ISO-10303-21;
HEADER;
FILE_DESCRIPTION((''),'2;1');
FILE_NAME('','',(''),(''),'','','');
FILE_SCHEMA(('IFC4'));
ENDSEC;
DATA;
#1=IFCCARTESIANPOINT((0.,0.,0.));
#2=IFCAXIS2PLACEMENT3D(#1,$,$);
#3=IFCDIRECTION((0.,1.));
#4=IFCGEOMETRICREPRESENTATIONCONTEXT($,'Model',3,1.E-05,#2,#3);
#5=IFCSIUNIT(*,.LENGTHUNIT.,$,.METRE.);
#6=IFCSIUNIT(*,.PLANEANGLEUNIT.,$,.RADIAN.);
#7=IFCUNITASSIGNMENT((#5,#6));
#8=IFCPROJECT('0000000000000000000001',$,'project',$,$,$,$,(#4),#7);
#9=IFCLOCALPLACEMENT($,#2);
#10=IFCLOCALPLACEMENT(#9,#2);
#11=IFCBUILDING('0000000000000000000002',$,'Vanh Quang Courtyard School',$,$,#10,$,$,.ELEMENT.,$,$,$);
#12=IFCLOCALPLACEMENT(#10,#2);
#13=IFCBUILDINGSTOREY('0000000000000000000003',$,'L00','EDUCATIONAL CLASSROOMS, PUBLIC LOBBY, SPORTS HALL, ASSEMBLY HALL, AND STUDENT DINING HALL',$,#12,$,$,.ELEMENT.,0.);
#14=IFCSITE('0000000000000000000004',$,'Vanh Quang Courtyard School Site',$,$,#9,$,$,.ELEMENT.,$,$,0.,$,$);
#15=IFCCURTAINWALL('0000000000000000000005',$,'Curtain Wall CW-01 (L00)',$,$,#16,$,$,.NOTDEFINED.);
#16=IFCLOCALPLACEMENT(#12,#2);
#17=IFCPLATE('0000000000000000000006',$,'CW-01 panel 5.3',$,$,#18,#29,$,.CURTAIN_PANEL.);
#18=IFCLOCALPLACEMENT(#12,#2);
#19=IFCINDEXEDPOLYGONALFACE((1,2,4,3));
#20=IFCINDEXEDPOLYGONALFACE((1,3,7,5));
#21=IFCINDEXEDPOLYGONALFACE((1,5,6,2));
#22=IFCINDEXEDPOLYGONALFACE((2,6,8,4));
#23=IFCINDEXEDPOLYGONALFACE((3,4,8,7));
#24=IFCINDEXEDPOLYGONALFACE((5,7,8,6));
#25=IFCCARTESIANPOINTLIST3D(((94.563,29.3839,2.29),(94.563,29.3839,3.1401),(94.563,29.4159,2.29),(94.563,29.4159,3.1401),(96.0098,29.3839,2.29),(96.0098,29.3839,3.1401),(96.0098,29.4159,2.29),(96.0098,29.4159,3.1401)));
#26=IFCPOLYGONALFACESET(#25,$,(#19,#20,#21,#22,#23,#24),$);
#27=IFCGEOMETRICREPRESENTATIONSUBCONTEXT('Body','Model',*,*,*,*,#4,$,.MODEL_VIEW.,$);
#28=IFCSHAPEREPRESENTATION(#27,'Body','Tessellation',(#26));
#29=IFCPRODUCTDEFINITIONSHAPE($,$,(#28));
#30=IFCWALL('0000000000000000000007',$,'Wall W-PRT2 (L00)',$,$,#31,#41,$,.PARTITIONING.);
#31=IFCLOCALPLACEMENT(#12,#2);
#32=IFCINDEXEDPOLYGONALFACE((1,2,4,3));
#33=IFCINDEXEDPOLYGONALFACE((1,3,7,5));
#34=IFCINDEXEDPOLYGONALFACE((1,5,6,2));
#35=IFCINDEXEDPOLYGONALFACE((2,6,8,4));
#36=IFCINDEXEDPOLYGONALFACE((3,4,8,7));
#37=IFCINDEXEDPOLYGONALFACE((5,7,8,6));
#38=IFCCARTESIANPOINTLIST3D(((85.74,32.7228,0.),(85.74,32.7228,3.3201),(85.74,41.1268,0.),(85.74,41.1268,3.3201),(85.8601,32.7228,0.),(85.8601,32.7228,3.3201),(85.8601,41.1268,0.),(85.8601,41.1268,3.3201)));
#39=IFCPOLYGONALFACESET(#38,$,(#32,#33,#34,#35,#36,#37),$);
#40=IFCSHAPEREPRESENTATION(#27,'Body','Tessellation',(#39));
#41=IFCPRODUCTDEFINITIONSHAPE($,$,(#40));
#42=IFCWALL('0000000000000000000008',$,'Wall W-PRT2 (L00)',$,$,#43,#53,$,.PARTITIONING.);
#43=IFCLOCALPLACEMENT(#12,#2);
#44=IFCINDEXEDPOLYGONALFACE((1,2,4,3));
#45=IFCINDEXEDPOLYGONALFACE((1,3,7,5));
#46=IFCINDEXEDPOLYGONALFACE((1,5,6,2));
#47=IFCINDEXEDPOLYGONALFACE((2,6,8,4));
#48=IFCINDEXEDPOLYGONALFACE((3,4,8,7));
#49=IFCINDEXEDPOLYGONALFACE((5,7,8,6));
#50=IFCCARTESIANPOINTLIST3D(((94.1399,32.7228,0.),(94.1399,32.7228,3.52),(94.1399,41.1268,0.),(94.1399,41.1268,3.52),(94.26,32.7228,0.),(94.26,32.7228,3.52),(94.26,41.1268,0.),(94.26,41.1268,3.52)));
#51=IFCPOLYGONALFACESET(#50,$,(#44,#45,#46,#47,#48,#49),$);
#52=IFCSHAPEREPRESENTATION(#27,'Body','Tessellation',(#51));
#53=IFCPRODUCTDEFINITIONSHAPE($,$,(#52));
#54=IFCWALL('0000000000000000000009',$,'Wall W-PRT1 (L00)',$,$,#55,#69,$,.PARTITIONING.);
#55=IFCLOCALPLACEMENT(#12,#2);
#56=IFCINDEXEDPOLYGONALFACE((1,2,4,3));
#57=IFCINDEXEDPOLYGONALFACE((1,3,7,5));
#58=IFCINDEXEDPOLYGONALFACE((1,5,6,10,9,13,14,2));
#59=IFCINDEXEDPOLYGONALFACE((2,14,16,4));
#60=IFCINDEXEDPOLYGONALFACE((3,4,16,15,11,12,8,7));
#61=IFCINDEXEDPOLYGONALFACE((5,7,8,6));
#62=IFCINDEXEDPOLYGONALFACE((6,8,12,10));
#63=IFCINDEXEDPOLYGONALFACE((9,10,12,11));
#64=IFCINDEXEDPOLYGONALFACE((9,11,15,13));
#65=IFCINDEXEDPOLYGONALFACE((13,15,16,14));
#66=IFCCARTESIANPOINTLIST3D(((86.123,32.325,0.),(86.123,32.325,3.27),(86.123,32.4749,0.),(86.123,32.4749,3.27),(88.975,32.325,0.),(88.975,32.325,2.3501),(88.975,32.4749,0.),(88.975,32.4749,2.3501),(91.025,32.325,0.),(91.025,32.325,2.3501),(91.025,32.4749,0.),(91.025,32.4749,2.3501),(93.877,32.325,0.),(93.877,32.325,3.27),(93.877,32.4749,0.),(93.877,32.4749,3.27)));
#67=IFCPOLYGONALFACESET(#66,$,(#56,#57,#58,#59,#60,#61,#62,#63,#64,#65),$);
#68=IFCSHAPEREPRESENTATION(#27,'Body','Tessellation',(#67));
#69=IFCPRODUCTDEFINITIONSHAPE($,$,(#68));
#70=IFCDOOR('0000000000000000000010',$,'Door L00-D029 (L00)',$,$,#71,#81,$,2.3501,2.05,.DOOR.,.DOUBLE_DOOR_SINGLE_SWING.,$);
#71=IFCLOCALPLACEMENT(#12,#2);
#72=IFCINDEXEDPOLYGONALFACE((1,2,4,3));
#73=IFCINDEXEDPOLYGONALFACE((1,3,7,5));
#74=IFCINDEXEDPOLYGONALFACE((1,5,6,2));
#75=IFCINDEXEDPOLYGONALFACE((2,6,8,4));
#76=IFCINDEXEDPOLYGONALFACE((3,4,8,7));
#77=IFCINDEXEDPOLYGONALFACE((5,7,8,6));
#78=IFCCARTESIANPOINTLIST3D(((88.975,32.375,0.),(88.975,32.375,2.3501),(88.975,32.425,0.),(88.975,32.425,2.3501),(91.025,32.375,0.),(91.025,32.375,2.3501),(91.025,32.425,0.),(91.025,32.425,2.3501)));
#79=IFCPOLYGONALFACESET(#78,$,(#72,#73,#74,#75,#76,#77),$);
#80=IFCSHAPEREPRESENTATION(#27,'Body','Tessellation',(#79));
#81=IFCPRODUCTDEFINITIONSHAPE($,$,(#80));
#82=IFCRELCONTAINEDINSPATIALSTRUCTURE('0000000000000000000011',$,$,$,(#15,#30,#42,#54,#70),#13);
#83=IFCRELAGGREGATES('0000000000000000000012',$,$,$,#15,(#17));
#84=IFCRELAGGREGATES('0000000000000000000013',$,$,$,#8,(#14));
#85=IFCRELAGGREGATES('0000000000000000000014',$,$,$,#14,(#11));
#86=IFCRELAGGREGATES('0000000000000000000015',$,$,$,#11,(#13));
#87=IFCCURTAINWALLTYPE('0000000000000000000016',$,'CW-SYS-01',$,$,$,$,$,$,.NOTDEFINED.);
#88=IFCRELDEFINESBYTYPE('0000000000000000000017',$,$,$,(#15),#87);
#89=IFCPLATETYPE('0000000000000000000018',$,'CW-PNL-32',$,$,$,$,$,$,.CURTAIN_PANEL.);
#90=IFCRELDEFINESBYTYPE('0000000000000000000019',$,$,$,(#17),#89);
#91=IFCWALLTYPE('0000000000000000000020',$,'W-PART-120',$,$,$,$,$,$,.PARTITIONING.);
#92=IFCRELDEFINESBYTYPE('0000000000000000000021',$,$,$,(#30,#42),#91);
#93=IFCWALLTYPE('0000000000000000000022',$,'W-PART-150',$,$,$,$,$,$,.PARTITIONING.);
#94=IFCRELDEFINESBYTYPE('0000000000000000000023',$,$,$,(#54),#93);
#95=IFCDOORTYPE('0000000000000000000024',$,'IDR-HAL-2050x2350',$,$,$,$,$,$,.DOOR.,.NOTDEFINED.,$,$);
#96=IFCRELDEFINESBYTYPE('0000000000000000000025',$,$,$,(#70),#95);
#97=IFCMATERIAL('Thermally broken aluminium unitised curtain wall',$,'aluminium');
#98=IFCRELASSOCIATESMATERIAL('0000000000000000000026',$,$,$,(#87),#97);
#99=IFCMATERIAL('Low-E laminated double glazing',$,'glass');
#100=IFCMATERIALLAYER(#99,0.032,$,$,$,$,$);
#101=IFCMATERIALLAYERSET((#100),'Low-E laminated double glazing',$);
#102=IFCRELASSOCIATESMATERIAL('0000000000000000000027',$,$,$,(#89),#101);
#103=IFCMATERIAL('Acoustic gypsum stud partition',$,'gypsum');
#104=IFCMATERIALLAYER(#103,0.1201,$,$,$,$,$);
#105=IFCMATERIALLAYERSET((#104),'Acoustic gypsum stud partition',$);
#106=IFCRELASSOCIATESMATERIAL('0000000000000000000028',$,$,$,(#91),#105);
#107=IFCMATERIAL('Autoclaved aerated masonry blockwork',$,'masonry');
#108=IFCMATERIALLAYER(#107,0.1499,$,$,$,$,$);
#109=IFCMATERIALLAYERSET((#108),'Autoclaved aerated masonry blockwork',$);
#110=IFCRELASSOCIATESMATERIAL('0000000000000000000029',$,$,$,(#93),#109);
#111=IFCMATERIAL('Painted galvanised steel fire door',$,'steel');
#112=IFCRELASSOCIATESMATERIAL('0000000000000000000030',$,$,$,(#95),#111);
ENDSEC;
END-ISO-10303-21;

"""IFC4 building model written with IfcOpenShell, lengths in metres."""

from ifc_helpers import new_model, si_unit, direction, frame, frame_2d, origin, origin_2d, place, context, subcontext, project, spatial, rectangle, extrude, material, layer, layer_set, type_object, element, fill, aggregate, save


model = new_model("IFC4")

# Units and contexts
model_context = context("Model", 3, precision=1e-05, world=origin(), true_north=direction((0.0, 1.0)))
body_context = subcontext(model_context, "Body", "Model", "MODEL_VIEW")
ifc_project = project(units=[si_unit("LENGTHUNIT", "METRE"), si_unit("PLANEANGLEUNIT", "RADIAN")], contexts=[model_context])

# Site, building, storey
site_placement = place(None, origin())
site = spatial("IfcSite", under=ifc_project, at=site_placement, Name="Vanh Quang Courtyard School Site", CompositionType="ELEMENT", RefElevation=0.0)
building_placement = place(site_placement, origin())
building = spatial("IfcBuilding", under=site, at=building_placement, Name="Vanh Quang Courtyard School", CompositionType="ELEMENT")
storey_placement = place(building_placement, origin())
storey = spatial("IfcBuildingStorey", under=building, at=storey_placement, Name="L00", Description="EDUCATIONAL CLASSROOMS, PUBLIC LOBBY, SPORTS HALL, ASSEMBLY HALL, AND STUDENT DINING HALL", CompositionType="ELEMENT", Elevation=0.0)

# Curtain wall, plate
ifc_material_1 = material(Name="Thermally broken aluminium unitised curtain wall", Category="aluminium")
curtain_wall_type = type_object("IfcCurtainWallType", Name="CW-SYS-01", PredefinedType="NOTDEFINED", material=ifc_material_1)
curtain_wall_placement = place(storey_placement, origin())
curtain_wall = element("IfcCurtainWall", 1, at=curtain_wall_placement, inside=storey, type_object=curtain_wall_type, Name="Curtain Wall CW-01 (L00)", PredefinedType="NOTDEFINED")
ifc_material_2 = material(Name="Low-E laminated double glazing", Category="glass")
ifc_layer_1 = layer(ifc_material_2, 0.032)
ifc_layer_set_1 = layer_set([ifc_layer_1], Name="Low-E laminated double glazing")
plate_type = type_object("IfcPlateType", Name="CW-PNL-32", PredefinedType="CURTAIN_PANEL", material=ifc_layer_set_1)
plate_1_placement = place(storey_placement, frame((95.2864, 29.3999, 2.29), z_axis=(0.0, 0.0, 1.0), x_axis=(-1.0, 0.0, 0.0)))
plate_1 = element("IfcPlate", 2, at=plate_1_placement, type_object=plate_type, Name="CW-01 panel 5.3", PredefinedType="CURTAIN_PANEL", context=body_context, shape_type="SweptSolid", body=[
    extrude(rectangle(XDim=1.4468, YDim=0.032, at=origin_2d()), origin(), (0.0, 0.0, 1.0), 0.8501),
])
aggregate(curtain_wall, [plate_1])

# Walls
ifc_material_3 = material(Name="Acoustic gypsum stud partition", Category="gypsum")
ifc_layer_2 = layer(ifc_material_3, 0.1201)
ifc_layer_set_2 = layer_set([ifc_layer_2], Name="Acoustic gypsum stud partition")
wall_type_1 = type_object("IfcWallType", Name="W-PART-120", PredefinedType="PARTITIONING", material=ifc_layer_set_2)
wall_1_placement = place(storey_placement, frame((85.8, 41.127, 0.0), z_axis=(0.0, 0.0, 1.0), x_axis=(0.0, -1.0, 0.0)))
element("IfcWall", 3, at=wall_1_placement, inside=storey, type_object=wall_type_1, Name="Wall W-PRT2 (L00)", PredefinedType="PARTITIONING", context=body_context, shape_type="SweptSolid", body=[
    extrude(rectangle(XDim=8.4041, YDim=0.1201, at=frame_2d((4.2021, 0.0))), origin(), (0.0, 0.0, 1.0), 3.3201),
])
wall_2_placement = place(storey_placement, frame((94.2, 41.127, 0.0), z_axis=(0.0, 0.0, 1.0), x_axis=(0.0, -1.0, 0.0)))
element("IfcWall", 4, at=wall_2_placement, inside=storey, type_object=wall_type_1, Name="Wall W-PRT2 (L00)", PredefinedType="PARTITIONING", context=body_context, shape_type="SweptSolid", body=[
    extrude(rectangle(XDim=8.4041, YDim=0.1201, at=frame_2d((4.2021, 0.0))), origin(), (0.0, 0.0, 1.0), 3.52),
])

# Wall, opening, door
ifc_material_4 = material(Name="Autoclaved aerated masonry blockwork", Category="masonry")
ifc_layer_3 = layer(ifc_material_4, 0.1499)
ifc_layer_set_3 = layer_set([ifc_layer_3], Name="Autoclaved aerated masonry blockwork")
wall_type_2 = type_object("IfcWallType", Name="W-PART-150", PredefinedType="PARTITIONING", material=ifc_layer_set_3)
wall_3_placement = place(storey_placement, frame((93.877, 32.3999, 0.0), z_axis=(0.0, 0.0, 1.0), x_axis=(-1.0, 0.0, 0.0)))
wall_3 = element("IfcWall", 5, at=wall_3_placement, inside=storey, type_object=wall_type_2, Name="Wall W-PRT1 (L00)", PredefinedType="PARTITIONING", context=body_context, shape_type="SweptSolid", body=[
    extrude(rectangle(XDim=7.7539, YDim=0.1499, at=frame_2d((3.877, 0.0))), origin(), (0.0, 0.0, 1.0), 3.27),
])
opening_placement = place(wall_3_placement, frame((2.8521, 0.0, 0.0)))
opening = element("IfcOpeningElement", 6, at=opening_placement, cuts=wall_3, PredefinedType="OPENING", context=body_context, shape_type="SweptSolid", body=[
    extrude(rectangle(XDim=2.05, YDim=2.3501, at=frame_2d((1.0249, 1.175))), frame((0.0, 0.085, 0.0), z_axis=(0.0, -1.0, 0.0), x_axis=(1.0, 0.0, 0.0)), (0.0, 0.0, 1.0), 0.1699),
])
ifc_material_5 = material(Name="Painted galvanised steel fire door", Category="steel")
door_type = type_object("IfcDoorType", Name="IDR-HAL-2050x2350", OperationType="NOTDEFINED", PredefinedType="DOOR", material=ifc_material_5)
door_placement = place(opening_placement, origin())
door = element("IfcDoor", 7, at=door_placement, inside=storey, type_object=door_type, Name="Door L00-D029 (L00)", OperationType="DOUBLE_DOOR_SINGLE_SWING", OverallHeight=2.3501, OverallWidth=2.05, PredefinedType="DOOR", context=body_context, shape_type="SweptSolid", body=[
    extrude(rectangle(XDim=2.05, YDim=2.3501, at=frame_2d((1.0249, 1.175))), frame((0.0, 0.0249, 0.0), z_axis=(0.0, -1.0, 0.0), x_axis=(1.0, 0.0, 0.0)), (0.0, 0.0, 1.0), 0.05),
])
fill(opening, door)

save(model, "model.ifc")
